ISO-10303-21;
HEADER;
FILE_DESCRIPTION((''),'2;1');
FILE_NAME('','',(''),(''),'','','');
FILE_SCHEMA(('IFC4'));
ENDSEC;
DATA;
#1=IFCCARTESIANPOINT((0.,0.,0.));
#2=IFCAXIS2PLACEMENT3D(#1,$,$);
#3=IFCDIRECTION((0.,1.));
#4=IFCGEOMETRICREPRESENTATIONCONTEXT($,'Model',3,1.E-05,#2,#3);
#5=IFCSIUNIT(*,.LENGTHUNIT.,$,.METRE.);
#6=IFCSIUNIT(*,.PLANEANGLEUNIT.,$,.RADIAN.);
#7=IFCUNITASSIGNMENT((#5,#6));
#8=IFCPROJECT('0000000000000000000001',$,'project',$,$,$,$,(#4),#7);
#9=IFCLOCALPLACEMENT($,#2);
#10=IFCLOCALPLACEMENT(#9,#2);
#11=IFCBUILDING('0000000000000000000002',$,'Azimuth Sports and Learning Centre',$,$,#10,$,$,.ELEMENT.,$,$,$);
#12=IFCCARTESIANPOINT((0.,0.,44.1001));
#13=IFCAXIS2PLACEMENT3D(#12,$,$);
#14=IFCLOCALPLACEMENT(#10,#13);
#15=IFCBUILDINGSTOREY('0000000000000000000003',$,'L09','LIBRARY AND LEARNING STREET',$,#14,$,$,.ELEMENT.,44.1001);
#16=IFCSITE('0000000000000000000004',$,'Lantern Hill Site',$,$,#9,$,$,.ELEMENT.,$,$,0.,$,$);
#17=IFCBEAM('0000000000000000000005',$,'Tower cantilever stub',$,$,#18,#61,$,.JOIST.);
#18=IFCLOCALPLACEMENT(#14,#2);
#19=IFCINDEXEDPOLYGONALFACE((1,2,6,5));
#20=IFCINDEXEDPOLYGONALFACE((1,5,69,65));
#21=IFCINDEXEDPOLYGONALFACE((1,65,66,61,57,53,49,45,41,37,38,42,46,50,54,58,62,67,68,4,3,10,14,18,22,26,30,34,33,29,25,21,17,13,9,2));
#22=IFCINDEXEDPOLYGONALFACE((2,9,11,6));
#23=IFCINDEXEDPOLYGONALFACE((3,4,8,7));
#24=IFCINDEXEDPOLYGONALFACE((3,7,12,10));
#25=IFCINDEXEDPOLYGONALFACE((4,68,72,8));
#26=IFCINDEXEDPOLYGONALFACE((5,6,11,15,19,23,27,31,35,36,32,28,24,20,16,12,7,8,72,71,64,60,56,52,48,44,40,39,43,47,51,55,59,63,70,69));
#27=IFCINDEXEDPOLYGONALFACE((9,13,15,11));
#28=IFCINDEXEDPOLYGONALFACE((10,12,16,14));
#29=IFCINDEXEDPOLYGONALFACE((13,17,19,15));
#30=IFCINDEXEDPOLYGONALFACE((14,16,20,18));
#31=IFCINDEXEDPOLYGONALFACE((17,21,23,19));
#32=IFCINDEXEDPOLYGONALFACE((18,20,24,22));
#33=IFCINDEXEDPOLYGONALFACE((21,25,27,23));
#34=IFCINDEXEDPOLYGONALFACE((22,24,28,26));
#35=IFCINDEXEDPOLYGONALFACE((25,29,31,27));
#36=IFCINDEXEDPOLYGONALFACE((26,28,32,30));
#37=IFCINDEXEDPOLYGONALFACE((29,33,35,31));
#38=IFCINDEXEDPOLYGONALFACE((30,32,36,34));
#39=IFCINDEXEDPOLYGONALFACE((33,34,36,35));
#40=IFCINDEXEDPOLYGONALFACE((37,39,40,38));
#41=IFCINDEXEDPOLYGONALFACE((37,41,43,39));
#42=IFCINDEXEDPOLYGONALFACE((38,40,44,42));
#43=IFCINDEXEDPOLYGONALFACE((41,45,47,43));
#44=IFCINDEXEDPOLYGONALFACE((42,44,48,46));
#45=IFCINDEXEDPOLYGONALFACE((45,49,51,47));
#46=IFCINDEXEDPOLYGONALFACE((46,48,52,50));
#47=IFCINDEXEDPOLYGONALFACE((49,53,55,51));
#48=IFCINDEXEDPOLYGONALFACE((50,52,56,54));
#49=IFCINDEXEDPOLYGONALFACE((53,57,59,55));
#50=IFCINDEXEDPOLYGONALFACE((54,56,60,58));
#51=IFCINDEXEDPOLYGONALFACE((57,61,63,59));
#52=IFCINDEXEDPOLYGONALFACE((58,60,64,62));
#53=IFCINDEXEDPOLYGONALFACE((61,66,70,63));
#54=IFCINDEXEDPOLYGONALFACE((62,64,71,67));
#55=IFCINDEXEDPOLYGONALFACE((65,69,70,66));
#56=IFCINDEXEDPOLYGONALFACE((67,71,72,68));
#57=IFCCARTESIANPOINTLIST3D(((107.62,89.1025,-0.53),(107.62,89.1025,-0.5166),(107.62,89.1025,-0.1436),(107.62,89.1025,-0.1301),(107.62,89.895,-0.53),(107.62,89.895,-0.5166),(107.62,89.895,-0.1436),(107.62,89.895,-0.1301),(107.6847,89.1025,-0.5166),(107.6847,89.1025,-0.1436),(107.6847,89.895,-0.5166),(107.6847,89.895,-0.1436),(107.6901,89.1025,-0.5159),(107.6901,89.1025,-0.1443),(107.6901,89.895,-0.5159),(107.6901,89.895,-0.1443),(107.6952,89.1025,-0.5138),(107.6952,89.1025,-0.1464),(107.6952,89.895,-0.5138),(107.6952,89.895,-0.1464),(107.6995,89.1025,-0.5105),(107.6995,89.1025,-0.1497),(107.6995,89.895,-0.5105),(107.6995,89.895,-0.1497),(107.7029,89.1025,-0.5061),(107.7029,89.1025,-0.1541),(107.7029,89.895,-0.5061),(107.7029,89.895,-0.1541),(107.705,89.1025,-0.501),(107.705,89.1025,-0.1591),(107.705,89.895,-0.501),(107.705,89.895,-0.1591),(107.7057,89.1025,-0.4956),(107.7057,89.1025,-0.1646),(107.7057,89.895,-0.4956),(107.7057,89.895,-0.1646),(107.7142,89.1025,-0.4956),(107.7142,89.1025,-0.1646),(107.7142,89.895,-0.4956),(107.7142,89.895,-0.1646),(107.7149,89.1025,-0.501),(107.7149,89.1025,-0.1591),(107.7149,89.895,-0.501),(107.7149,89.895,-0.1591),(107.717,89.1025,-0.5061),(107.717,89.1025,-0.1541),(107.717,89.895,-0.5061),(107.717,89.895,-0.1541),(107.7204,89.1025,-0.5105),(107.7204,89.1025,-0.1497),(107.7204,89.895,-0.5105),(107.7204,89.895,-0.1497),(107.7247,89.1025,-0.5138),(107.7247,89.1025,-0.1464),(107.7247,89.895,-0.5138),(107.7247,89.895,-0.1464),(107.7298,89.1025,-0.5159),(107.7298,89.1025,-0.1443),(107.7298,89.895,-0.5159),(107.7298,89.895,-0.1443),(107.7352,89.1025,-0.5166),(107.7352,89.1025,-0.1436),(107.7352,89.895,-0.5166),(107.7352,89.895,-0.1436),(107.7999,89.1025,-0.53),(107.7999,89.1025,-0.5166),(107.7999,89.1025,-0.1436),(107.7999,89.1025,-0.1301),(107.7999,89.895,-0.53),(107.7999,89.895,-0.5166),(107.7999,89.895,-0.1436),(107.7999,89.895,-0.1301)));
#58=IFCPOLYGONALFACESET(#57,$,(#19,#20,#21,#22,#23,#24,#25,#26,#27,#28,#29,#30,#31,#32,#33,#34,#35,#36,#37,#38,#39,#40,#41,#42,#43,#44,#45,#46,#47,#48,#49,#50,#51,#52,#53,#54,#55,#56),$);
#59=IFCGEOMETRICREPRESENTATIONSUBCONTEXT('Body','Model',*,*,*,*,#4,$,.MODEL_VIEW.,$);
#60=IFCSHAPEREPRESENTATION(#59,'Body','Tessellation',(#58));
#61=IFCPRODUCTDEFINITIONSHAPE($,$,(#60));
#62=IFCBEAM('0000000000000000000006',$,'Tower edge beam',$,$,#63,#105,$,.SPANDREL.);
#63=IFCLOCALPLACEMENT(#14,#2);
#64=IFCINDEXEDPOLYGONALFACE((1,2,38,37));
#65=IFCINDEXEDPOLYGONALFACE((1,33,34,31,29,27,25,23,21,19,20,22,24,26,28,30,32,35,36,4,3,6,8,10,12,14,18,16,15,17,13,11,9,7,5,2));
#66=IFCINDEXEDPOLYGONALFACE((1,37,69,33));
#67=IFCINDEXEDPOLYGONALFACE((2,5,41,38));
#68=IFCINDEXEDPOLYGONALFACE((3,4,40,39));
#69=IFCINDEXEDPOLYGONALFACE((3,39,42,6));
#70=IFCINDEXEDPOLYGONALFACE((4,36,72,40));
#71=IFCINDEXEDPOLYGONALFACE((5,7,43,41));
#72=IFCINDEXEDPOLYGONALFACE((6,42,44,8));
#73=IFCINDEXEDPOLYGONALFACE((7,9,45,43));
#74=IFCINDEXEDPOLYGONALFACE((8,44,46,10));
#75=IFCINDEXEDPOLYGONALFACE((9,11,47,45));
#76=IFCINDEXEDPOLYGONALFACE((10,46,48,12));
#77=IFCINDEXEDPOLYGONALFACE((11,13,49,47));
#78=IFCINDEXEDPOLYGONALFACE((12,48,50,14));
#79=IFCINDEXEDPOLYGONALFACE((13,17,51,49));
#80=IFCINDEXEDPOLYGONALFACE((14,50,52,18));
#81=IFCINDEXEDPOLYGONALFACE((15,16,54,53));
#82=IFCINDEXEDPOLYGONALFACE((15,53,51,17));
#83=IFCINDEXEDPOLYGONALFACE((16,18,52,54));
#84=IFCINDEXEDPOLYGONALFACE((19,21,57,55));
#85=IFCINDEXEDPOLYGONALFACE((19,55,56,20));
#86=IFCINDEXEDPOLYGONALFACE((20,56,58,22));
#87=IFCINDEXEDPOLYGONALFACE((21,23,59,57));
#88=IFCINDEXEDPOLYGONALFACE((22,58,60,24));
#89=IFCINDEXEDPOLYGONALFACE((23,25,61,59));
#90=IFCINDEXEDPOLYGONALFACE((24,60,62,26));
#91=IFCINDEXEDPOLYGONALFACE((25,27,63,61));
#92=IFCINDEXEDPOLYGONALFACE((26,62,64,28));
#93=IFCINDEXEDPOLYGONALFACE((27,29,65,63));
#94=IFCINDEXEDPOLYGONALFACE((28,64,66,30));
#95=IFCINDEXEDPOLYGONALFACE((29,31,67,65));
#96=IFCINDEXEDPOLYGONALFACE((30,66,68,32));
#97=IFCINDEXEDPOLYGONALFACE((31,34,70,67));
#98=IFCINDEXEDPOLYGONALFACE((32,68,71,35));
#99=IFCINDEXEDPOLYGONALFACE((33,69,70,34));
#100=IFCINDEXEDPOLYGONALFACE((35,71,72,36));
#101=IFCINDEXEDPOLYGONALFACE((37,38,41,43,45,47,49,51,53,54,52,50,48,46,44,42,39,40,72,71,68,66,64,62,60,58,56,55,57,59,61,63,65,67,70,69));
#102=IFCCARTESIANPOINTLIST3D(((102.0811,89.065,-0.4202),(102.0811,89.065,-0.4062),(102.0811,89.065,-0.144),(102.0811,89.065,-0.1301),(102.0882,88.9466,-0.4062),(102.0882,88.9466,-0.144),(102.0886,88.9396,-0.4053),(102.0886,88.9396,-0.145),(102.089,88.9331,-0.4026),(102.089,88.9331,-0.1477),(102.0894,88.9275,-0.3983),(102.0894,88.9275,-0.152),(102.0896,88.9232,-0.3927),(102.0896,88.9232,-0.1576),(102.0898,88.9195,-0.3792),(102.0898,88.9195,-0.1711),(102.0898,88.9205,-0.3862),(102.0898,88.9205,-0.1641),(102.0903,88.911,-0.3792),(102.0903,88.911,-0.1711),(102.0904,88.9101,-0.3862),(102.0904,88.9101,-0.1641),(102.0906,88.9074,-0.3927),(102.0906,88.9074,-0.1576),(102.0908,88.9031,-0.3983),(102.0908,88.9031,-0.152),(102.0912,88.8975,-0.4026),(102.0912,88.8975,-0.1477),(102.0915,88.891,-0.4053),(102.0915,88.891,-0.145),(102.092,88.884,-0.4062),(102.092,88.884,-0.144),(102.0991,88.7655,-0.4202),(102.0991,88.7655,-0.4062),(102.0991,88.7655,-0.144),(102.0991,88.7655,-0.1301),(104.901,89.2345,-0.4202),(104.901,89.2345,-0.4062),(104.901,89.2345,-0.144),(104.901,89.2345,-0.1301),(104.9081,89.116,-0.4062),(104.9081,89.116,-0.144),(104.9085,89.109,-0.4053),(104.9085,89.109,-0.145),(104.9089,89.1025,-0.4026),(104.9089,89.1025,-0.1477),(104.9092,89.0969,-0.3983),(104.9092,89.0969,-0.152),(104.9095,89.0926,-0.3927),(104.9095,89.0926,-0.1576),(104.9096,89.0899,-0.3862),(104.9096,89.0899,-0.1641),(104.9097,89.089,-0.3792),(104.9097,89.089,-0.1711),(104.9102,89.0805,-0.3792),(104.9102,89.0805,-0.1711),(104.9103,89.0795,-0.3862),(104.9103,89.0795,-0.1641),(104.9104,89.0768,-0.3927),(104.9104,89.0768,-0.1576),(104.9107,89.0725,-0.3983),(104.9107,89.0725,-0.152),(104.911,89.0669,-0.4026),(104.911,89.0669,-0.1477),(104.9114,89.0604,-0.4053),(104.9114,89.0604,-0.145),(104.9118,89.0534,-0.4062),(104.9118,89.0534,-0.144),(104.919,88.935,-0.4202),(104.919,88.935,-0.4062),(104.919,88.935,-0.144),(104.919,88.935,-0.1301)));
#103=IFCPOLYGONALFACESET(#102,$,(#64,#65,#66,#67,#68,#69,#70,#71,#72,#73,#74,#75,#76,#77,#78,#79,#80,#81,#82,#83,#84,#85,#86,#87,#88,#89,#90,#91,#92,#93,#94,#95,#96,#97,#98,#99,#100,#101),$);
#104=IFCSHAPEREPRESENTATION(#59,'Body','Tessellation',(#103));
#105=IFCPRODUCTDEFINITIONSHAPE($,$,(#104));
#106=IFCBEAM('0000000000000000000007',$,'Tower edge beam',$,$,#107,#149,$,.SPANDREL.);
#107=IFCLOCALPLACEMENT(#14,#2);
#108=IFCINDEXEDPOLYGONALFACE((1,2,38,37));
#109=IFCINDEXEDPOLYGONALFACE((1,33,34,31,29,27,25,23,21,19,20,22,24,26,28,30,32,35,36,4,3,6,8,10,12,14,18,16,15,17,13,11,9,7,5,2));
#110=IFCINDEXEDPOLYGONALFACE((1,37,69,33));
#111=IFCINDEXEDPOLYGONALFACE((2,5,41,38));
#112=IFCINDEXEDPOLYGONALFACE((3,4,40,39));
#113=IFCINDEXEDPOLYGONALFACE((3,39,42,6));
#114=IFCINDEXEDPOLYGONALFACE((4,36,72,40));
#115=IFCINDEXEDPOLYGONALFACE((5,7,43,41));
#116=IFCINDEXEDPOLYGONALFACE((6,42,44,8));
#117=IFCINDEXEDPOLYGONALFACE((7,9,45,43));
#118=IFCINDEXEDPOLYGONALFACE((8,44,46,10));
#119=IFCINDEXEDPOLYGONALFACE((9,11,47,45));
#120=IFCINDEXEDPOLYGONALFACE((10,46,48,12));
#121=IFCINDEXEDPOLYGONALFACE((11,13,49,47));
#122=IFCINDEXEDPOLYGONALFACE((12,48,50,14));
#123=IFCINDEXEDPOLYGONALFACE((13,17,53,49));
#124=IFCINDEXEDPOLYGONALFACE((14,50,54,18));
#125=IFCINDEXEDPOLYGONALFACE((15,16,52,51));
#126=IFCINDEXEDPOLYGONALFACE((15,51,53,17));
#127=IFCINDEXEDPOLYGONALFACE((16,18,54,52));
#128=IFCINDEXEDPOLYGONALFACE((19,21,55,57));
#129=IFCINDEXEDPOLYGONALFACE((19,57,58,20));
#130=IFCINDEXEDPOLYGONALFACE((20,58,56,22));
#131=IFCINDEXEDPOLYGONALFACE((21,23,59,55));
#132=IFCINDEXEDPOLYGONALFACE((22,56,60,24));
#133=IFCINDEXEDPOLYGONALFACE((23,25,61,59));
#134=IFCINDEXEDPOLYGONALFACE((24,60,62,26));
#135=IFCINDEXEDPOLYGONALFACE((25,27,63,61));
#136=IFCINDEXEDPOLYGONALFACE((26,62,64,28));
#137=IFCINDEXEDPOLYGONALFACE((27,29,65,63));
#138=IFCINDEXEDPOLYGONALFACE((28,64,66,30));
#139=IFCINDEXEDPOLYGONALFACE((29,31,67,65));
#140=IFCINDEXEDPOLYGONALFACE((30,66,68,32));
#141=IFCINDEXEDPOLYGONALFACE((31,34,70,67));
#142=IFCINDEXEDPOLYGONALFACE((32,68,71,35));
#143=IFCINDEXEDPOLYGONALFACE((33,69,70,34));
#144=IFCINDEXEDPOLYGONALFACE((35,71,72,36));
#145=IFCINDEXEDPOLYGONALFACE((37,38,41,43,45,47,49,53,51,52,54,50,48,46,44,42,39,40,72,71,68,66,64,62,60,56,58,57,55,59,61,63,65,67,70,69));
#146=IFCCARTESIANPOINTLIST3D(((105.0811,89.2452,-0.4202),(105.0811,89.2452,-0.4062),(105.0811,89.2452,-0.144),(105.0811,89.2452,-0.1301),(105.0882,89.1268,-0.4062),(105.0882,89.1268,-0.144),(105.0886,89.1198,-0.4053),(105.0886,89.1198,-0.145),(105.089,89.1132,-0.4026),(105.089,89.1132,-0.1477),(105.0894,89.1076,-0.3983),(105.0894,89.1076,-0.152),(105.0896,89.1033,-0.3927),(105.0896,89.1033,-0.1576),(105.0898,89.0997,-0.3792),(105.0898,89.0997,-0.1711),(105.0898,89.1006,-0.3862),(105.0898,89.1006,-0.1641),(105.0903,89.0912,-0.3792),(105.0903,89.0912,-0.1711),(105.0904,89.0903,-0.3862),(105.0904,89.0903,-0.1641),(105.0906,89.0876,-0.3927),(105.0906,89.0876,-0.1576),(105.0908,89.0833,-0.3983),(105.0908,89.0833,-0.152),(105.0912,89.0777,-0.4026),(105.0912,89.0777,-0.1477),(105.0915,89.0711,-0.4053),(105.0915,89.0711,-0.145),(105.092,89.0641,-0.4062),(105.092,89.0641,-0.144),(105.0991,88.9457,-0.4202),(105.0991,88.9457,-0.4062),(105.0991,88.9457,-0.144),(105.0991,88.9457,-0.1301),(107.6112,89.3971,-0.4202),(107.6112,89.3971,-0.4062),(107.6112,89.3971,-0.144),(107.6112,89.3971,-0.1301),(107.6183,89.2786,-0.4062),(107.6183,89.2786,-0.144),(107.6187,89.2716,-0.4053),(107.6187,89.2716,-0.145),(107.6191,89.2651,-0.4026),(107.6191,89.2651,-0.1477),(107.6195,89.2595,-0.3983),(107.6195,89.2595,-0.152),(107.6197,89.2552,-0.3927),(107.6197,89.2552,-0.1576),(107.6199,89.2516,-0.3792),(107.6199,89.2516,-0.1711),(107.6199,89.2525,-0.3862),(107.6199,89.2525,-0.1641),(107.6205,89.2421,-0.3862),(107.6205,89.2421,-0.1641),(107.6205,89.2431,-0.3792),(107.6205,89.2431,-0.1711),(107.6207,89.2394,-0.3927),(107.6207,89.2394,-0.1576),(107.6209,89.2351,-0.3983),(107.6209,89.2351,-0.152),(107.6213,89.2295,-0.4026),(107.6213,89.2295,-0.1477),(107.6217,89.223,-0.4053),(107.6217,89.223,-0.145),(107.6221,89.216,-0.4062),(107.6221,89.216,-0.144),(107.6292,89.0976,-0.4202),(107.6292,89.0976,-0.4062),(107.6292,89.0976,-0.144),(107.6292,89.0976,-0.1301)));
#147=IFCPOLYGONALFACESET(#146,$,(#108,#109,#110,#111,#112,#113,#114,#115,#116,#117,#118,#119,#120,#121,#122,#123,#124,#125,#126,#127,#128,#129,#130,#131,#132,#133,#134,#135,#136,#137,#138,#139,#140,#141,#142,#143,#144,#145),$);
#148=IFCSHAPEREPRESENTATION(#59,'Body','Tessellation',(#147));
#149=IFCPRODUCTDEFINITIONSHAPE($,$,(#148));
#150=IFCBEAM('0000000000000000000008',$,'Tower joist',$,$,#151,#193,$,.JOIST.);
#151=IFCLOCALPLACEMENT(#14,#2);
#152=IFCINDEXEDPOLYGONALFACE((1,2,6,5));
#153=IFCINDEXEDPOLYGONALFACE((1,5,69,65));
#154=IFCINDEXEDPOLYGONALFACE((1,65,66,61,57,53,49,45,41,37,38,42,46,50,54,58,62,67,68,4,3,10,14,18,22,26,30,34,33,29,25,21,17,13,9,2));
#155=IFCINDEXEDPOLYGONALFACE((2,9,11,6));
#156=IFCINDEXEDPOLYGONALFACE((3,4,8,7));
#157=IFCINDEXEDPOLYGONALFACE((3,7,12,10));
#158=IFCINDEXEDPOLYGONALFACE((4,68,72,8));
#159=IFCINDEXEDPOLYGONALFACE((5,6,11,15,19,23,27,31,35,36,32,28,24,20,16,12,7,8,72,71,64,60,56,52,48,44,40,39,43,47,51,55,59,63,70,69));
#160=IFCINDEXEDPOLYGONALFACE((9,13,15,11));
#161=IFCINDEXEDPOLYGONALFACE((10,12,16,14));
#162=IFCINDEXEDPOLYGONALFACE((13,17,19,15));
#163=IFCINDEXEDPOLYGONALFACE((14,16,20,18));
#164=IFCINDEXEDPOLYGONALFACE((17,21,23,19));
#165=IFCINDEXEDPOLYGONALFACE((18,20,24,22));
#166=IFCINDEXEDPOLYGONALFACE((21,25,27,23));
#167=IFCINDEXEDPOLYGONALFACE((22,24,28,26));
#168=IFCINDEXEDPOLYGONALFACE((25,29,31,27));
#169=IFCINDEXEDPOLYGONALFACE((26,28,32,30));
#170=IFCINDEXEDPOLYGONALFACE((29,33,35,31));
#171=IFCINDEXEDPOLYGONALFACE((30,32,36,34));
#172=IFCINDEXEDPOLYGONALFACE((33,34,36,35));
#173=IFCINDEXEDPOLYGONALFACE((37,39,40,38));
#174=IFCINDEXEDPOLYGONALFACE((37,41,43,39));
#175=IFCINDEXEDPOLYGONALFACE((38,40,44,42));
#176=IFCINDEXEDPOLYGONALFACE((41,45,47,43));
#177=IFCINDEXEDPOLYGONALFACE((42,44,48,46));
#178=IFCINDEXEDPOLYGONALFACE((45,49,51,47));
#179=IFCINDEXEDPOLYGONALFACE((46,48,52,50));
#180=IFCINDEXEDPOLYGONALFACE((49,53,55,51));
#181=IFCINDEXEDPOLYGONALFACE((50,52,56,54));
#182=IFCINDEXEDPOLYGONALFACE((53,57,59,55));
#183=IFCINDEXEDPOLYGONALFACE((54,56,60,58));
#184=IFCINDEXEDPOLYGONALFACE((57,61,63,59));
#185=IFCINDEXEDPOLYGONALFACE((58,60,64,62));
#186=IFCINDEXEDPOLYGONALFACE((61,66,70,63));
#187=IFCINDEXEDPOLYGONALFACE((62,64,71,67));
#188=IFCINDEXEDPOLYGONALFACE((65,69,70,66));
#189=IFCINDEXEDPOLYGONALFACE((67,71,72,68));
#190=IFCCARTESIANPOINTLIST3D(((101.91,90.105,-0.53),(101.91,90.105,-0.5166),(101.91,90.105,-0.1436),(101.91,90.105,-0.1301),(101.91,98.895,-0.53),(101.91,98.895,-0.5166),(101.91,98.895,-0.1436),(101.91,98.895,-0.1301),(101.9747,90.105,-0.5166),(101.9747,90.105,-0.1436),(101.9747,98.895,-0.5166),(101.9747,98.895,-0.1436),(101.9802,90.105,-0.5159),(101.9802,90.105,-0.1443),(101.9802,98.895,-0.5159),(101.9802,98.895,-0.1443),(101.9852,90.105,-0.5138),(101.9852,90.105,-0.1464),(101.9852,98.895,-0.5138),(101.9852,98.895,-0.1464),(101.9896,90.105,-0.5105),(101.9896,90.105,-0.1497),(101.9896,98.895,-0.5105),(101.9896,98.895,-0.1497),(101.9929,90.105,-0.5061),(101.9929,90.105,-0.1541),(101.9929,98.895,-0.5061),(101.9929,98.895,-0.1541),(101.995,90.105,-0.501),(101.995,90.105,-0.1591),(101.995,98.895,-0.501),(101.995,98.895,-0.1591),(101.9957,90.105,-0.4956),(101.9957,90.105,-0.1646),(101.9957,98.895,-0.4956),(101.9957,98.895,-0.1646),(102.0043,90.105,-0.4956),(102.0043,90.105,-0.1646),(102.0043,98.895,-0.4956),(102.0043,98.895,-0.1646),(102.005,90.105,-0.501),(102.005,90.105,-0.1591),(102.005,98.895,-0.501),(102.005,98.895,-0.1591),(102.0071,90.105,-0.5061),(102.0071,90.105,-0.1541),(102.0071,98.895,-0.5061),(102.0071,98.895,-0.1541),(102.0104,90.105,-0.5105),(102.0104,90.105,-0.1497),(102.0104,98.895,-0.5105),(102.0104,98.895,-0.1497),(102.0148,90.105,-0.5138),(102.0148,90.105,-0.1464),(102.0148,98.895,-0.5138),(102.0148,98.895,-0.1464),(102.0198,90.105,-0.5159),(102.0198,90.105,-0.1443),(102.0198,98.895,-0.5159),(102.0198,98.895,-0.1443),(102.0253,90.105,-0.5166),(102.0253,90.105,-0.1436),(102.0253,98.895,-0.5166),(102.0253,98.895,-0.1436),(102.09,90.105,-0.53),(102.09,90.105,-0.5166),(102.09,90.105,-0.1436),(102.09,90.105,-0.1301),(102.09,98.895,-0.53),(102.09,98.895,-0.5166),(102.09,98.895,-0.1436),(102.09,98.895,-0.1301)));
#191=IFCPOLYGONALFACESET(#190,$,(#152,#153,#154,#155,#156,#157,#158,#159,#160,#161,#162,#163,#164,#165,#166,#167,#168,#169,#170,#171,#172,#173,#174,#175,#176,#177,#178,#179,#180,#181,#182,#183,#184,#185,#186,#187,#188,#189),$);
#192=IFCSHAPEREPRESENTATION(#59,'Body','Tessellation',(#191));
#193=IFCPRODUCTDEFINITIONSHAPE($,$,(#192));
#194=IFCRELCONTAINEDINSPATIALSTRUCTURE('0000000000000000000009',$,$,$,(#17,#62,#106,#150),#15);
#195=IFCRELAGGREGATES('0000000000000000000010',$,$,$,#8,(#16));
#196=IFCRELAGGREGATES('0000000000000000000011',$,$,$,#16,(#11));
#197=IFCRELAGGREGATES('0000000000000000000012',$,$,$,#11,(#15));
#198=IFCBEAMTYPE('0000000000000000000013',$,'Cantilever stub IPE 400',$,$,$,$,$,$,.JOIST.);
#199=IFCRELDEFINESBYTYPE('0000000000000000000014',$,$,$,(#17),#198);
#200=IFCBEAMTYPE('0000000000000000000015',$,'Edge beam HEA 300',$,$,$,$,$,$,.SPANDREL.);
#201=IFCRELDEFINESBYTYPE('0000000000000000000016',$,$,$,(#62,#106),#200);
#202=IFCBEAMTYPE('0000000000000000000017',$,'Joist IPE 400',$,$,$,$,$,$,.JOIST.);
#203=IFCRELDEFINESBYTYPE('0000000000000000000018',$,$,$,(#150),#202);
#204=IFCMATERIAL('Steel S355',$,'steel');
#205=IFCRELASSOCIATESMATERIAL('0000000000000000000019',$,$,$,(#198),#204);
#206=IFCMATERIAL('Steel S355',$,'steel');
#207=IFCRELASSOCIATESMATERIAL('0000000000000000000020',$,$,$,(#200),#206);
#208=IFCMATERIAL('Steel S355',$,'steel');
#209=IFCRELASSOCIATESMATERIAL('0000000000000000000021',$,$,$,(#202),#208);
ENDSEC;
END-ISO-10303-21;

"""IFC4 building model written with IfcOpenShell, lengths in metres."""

from ifc_helpers import new_model, si_unit, direction, frame, origin, origin_2d, place, context, subcontext, project, spatial, i_section, extrude, material, material_profile, profile_set, type_object, element, save


model = new_model("IFC4")

# Units and contexts
model_context = context("Model", 3, precision=1e-05, world=origin(), true_north=direction((0.0, 1.0)))
body_context = subcontext(model_context, "Body", "Model", "MODEL_VIEW")
ifc_project = project(units=[si_unit("LENGTHUNIT", "METRE"), si_unit("PLANEANGLEUNIT", "RADIAN")], contexts=[model_context])

# Site, building, storey
site_placement = place(None, origin())
site = spatial("IfcSite", under=ifc_project, at=site_placement, Name="Lantern Hill Site", CompositionType="ELEMENT", RefElevation=0.0)
building_placement = place(site_placement, origin())
building = spatial("IfcBuilding", under=site, at=building_placement, Name="Azimuth Sports and Learning Centre", CompositionType="ELEMENT")
storey_placement = place(building_placement, frame((0.0, 0.0, 44.1001)))
storey = spatial("IfcBuildingStorey", under=building, at=storey_placement, Name="L09", Description="LIBRARY AND LEARNING STREET", CompositionType="ELEMENT", Elevation=44.1001)

# Beams
ifc_material_1 = material(Name="Steel S355", Category="steel")
ifc_material_profile_1 = material_profile(ifc_material_1, i_section(OverallWidth=0.1799, OverallDepth=0.3999, WebThickness=0.0085, FlangeThickness=0.0134, FilletRadius=0.021, at=origin_2d()), Name="IPE 400")
ifc_profile_set_1 = profile_set([ifc_material_profile_1], Name="Steel S355")
beam_type_1 = type_object("IfcBeamType", Name="Cantilever stub IPE 400", PredefinedType="JOIST", material=ifc_profile_set_1)
beam_1_placement = place(storey_placement, frame((107.71, 89.895, -0.3301), z_axis=(0.0, -1.0, 0.0), x_axis=(1.0, 0.0, 0.0)))
element("IfcBeam", 1, at=beam_1_placement, inside=storey, type_object=beam_type_1, Name="Tower cantilever stub", PredefinedType="JOIST", context=body_context, shape_type="SweptSolid", body=[
    extrude(i_section(OverallWidth=0.1799, OverallDepth=0.3999, WebThickness=0.0085, FlangeThickness=0.0134, FilletRadius=0.021, at=origin_2d()), origin(), (0.0, 0.0, 1.0), 0.7925),
])
ifc_material_2 = material(Name="Steel S355", Category="steel")
ifc_material_profile_2 = material_profile(ifc_material_2, i_section(OverallWidth=0.3, OverallDepth=0.29, WebThickness=0.0085, FlangeThickness=0.0139, FilletRadius=0.0271, at=origin_2d()), Name="HEA 300")
ifc_profile_set_2 = profile_set([ifc_material_profile_2], Name="Steel S355")
beam_type_2 = type_object("IfcBeamType", Name="Edge beam HEA 300", PredefinedType="SPANDREL", material=ifc_profile_set_2)
beam_2_placement = place(storey_placement, frame((102.0901, 88.9153, -0.2751), z_axis=(0.9982, 0.059978, 0.0), x_axis=(-0.059978, 0.9982, 0.0)))
element("IfcBeam", 2, at=beam_2_placement, inside=storey, type_object=beam_type_2, Name="Tower edge beam", PredefinedType="SPANDREL", context=body_context, shape_type="SweptSolid", body=[
    extrude(i_section(OverallWidth=0.3, OverallDepth=0.29, WebThickness=0.0085, FlangeThickness=0.0139, FilletRadius=0.0271, at=origin_2d()), origin(), (0.0, 0.0, 1.0), 2.825),
])
beam_3_placement = place(storey_placement, frame((105.0901, 89.0955, -0.2751), z_axis=(0.998204, 0.059913, 0.0), x_axis=(-0.059913, 0.998204, 0.0)))
element("IfcBeam", 3, at=beam_3_placement, inside=storey, type_object=beam_type_2, Name="Tower edge beam", PredefinedType="SPANDREL", context=body_context, shape_type="SweptSolid", body=[
    extrude(i_section(OverallWidth=0.3, OverallDepth=0.29, WebThickness=0.0085, FlangeThickness=0.0139, FilletRadius=0.0271, at=origin_2d()), origin(), (0.0, 0.0, 1.0), 2.5347),
])
ifc_material_3 = material(Name="Steel S355", Category="steel")
ifc_material_profile_3 = material_profile(ifc_material_3, i_section(OverallWidth=0.1799, OverallDepth=0.3999, WebThickness=0.0085, FlangeThickness=0.0134, FilletRadius=0.021, at=origin_2d()), Name="IPE 400")
ifc_profile_set_3 = profile_set([ifc_material_profile_3], Name="Steel S355")
beam_type_3 = type_object("IfcBeamType", Name="Joist IPE 400", PredefinedType="JOIST", material=ifc_profile_set_3)
for number, where, z_axis, x_axis, name in (
    (4, (102.0, 90.105, -0.3301), (0.0, 1.0, 0.0), (-1.0, 0.0, 0.0), "Tower joist"),
):
    element("IfcBeam", number, at=place(storey_placement, frame(where, z_axis=z_axis, x_axis=x_axis)), inside=storey, type_object=beam_type_3, Name=name, PredefinedType="JOIST", context=body_context, shape_type="SweptSolid", body=[
        extrude(i_section(OverallWidth=0.1799, OverallDepth=0.3999, WebThickness=0.0085, FlangeThickness=0.0134, FilletRadius=0.021, at=origin_2d()), origin(), (0.0, 0.0, 1.0), 8.79),
    ])

save(model, "model.ifc")
